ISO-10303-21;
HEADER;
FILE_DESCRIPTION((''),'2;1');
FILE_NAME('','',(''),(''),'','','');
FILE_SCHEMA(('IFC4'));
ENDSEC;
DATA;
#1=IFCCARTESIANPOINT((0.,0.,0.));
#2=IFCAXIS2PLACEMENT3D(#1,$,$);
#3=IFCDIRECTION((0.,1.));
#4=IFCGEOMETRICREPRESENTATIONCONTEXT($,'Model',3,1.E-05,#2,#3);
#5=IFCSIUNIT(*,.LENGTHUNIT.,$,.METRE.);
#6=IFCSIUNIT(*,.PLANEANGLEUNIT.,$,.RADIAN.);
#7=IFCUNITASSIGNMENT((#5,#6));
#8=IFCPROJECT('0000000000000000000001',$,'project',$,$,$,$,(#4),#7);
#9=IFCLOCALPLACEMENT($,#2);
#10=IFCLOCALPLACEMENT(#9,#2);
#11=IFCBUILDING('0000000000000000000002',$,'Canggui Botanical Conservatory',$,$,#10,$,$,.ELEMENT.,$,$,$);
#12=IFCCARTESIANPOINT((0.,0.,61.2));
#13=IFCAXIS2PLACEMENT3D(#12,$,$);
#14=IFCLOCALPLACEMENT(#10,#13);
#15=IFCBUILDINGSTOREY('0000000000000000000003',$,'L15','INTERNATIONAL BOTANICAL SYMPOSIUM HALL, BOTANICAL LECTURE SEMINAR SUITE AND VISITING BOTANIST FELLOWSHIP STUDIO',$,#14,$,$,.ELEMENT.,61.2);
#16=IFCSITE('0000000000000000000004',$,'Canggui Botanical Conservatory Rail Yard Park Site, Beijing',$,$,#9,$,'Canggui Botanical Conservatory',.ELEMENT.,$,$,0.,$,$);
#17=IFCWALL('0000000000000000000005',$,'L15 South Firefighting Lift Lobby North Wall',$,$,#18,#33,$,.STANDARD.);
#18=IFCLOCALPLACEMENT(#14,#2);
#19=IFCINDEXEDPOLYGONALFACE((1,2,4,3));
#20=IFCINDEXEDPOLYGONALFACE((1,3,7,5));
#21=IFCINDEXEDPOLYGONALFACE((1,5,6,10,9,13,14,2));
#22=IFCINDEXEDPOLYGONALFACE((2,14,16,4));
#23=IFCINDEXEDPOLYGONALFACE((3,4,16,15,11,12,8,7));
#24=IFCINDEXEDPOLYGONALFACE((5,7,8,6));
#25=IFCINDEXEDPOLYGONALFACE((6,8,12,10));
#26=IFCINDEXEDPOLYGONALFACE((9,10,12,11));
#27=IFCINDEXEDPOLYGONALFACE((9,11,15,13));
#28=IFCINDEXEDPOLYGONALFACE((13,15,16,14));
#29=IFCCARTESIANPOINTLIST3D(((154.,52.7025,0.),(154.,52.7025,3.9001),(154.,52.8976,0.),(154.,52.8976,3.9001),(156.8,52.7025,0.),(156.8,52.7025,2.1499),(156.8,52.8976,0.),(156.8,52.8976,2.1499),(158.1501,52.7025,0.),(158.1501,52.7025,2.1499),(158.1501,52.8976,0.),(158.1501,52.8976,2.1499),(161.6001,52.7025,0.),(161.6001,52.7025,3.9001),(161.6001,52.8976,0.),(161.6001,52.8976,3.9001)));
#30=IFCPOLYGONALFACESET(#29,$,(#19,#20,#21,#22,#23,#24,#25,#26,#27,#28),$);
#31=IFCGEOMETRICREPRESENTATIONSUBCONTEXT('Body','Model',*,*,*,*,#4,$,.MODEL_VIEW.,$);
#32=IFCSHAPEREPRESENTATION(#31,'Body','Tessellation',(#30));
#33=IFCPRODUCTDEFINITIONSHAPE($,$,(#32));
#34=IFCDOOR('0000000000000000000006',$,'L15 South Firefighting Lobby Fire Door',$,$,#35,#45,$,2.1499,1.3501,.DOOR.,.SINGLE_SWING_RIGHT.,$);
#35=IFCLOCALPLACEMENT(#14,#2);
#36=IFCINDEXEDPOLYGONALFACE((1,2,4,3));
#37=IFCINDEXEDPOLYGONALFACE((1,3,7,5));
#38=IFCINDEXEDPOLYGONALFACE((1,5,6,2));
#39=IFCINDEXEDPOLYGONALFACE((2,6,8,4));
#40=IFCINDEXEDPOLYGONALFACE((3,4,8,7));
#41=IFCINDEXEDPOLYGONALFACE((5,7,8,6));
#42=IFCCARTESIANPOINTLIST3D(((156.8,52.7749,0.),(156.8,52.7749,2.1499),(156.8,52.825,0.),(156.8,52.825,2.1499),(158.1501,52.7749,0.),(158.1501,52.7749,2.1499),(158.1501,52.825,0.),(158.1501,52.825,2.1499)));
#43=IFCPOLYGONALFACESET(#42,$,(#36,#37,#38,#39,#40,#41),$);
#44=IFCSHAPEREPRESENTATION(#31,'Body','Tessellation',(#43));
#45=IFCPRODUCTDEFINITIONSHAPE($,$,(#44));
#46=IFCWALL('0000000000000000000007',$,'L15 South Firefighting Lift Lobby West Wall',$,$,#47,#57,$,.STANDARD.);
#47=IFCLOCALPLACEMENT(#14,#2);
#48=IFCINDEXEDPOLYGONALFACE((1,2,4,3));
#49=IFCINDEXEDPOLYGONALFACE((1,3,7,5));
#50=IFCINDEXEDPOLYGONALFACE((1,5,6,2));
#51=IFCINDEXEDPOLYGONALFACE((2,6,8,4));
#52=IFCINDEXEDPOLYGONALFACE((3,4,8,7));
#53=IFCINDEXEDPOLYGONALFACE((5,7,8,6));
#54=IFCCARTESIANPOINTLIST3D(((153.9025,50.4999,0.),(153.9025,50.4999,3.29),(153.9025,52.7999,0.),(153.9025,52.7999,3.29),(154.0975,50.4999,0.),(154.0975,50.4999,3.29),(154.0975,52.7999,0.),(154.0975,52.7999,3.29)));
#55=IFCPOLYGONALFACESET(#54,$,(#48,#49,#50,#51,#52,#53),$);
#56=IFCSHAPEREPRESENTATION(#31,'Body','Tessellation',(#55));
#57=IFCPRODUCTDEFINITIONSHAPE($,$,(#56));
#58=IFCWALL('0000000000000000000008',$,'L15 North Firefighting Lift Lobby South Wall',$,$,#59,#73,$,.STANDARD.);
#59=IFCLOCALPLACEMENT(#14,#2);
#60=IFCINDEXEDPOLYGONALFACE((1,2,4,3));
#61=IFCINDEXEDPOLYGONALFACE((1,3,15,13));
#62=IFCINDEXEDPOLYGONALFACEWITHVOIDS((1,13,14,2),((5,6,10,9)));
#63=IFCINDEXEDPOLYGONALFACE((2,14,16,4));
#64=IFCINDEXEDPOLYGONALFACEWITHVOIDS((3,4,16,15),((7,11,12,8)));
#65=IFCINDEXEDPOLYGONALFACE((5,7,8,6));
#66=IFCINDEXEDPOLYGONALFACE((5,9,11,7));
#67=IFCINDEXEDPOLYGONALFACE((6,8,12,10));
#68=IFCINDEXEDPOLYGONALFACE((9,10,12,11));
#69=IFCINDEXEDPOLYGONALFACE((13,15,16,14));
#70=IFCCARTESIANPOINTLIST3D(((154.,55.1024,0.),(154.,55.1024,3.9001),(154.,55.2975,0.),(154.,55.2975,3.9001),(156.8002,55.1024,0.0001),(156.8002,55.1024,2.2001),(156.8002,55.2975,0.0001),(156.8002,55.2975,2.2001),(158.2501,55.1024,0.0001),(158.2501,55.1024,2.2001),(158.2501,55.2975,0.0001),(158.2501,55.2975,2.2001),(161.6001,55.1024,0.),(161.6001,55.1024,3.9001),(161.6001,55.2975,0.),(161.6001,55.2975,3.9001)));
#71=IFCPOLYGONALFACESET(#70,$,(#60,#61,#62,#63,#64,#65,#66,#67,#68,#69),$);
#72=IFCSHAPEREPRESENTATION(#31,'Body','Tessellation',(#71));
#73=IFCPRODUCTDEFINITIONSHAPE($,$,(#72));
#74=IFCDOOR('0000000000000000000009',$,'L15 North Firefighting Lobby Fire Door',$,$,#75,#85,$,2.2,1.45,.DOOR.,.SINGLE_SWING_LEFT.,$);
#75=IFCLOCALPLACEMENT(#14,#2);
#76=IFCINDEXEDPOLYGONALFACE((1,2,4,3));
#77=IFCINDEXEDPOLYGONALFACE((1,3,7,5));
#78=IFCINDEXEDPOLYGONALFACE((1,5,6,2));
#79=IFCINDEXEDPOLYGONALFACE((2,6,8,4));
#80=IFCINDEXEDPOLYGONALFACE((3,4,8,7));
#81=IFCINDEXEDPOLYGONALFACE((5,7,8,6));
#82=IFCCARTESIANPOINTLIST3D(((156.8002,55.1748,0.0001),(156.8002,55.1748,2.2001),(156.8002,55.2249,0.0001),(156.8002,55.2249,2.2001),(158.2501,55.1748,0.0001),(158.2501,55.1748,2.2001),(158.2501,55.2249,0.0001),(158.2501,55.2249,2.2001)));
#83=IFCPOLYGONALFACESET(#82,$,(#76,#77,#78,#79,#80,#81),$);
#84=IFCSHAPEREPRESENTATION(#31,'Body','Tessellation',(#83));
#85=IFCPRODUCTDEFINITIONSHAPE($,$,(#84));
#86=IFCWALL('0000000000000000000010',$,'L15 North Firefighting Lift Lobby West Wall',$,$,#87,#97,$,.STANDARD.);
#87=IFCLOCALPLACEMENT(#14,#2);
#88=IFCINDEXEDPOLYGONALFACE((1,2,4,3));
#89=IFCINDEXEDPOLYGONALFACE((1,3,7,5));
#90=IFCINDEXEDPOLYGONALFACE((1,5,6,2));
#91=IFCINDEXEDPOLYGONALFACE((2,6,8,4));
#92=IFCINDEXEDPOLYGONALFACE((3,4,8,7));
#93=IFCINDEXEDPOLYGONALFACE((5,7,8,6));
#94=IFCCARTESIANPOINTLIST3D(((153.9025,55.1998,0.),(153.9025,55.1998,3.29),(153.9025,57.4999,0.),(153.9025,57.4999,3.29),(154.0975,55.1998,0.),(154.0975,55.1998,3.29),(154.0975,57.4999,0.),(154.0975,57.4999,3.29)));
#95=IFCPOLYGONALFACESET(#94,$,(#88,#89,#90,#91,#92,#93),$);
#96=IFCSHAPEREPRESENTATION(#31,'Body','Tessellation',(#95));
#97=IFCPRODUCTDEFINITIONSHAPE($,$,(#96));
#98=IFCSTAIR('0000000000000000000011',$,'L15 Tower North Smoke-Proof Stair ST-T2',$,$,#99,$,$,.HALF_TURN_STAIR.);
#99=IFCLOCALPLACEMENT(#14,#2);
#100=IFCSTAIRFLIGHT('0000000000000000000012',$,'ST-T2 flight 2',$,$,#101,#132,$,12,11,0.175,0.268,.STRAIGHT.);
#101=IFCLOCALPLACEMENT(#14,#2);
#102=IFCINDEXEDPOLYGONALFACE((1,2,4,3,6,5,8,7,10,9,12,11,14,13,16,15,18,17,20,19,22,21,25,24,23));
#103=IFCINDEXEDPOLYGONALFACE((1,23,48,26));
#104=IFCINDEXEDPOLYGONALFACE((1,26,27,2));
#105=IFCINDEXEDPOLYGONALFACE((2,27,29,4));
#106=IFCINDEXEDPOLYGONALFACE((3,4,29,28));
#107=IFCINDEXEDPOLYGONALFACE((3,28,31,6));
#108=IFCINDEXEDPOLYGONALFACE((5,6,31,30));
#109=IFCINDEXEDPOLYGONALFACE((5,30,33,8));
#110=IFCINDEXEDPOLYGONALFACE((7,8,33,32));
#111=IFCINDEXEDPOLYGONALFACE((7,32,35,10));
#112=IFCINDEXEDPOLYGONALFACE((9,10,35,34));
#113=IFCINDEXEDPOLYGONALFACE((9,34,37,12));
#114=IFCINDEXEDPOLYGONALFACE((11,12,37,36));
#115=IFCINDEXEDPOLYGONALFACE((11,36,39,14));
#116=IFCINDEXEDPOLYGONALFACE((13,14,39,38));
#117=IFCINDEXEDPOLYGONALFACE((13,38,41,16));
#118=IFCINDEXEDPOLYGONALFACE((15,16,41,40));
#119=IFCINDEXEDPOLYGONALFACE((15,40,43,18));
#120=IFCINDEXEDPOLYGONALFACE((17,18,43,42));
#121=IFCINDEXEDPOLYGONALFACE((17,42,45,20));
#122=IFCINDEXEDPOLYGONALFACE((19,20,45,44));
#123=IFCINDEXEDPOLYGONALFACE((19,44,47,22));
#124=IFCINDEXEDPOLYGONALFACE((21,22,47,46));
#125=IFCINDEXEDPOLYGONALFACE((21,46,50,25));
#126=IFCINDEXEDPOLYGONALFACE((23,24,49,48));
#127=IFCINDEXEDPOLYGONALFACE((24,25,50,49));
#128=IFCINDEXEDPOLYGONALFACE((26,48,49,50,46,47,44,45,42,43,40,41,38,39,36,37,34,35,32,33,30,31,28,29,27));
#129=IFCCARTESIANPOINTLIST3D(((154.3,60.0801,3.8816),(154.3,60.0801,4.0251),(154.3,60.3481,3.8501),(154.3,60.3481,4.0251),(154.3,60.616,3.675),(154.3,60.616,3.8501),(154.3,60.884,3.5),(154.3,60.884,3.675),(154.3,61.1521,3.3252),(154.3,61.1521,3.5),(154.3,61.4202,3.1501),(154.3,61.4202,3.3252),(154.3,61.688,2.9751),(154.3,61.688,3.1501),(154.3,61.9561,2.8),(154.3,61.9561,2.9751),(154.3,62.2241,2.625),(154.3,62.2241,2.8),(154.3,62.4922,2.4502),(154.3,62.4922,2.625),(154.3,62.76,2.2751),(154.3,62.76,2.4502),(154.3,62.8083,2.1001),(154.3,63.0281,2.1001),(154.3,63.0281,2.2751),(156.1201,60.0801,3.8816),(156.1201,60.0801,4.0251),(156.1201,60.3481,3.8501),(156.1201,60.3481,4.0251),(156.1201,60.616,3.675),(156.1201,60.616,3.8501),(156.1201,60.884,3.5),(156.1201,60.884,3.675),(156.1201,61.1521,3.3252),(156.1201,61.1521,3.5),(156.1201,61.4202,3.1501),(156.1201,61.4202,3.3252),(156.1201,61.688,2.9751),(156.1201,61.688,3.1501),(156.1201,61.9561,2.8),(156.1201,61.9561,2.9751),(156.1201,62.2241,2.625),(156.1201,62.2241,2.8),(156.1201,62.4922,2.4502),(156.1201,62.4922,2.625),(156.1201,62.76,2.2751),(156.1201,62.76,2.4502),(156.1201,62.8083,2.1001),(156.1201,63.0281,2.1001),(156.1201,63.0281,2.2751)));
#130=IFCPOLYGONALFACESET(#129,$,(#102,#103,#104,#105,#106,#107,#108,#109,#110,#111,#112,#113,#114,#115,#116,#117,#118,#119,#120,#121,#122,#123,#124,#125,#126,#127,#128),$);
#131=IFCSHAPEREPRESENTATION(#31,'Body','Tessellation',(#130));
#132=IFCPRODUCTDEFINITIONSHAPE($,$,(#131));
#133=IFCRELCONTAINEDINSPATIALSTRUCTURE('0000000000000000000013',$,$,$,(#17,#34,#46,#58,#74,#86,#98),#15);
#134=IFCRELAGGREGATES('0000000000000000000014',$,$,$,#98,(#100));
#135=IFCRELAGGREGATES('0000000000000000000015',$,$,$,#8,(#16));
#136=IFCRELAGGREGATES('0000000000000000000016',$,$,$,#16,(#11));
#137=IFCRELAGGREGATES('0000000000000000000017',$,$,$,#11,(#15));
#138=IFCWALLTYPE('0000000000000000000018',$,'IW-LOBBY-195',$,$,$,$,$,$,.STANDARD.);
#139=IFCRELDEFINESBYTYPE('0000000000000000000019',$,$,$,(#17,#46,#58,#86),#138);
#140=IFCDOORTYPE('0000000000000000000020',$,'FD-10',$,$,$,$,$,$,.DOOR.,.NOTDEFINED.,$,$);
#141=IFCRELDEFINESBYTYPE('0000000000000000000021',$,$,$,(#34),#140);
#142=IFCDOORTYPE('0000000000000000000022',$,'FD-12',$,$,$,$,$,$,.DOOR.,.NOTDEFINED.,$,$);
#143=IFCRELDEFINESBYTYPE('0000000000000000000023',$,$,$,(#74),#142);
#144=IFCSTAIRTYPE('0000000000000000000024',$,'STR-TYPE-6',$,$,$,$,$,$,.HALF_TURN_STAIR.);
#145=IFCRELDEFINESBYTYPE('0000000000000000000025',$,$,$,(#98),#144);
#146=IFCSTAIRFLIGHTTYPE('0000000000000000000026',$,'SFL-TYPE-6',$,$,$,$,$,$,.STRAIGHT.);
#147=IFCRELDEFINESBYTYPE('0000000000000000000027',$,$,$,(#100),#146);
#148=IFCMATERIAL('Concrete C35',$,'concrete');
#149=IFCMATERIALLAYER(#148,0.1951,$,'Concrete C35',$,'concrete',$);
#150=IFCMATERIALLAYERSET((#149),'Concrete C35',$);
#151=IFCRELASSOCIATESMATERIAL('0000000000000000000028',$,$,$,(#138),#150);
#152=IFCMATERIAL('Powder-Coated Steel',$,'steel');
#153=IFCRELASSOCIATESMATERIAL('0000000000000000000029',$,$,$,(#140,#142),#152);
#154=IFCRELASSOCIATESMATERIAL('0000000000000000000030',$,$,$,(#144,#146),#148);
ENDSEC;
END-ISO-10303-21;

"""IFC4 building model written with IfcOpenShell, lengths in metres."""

from ifc_helpers import new_model, si_unit, direction, frame, frame_2d, origin, place, context, subcontext, project, spatial, polyline, rectangle, outline, extrude, material, layer, layer_set, type_object, element, fill, aggregate, save


model = new_model("IFC4")

# Units and contexts
model_context = context("Model", 3, precision=1e-05, world=origin(), true_north=direction((0.0, 1.0)))
body_context = subcontext(model_context, "Body", "Model", "MODEL_VIEW")
ifc_project = project(units=[si_unit("LENGTHUNIT", "METRE"), si_unit("PLANEANGLEUNIT", "RADIAN")], contexts=[model_context])

# Site, building, storey
site_placement = place(None, origin())
site = spatial("IfcSite", under=ifc_project, at=site_placement, Name="Canggui Botanical Conservatory Rail Yard Park Site, Beijing", LongName="Canggui Botanical Conservatory", CompositionType="ELEMENT", RefElevation=0.0)
building_placement = place(site_placement, origin())
building = spatial("IfcBuilding", under=site, at=building_placement, Name="Canggui Botanical Conservatory", CompositionType="ELEMENT")
storey_placement = place(building_placement, frame((0.0, 0.0, 61.2)))
storey = spatial("IfcBuildingStorey", under=building, at=storey_placement, Name="L15", Description="INTERNATIONAL BOTANICAL SYMPOSIUM HALL, BOTANICAL LECTURE SEMINAR SUITE AND VISITING BOTANIST FELLOWSHIP STUDIO", CompositionType="ELEMENT", Elevation=61.2)

# Shared definitions
ifc_material_1 = material(Name="Concrete C35", Category="concrete")

# Wall, opening, door
ifc_material_2 = material(Name="Powder-Coated Steel", Category="steel")
ifc_layer_1 = layer(ifc_material_1, 0.1951, Name="Concrete C35", Category="concrete")
ifc_layer_set_1 = layer_set([ifc_layer_1], Name="Concrete C35")
wall_type_1 = type_object("IfcWallType", Name="IW-LOBBY-195", PredefinedType="STANDARD", material=ifc_layer_set_1)
wall_1_placement = place(storey_placement, frame((154.0, 52.8, 0.0), z_axis=(0.0, 0.0, 1.0), x_axis=(1.0, 0.0, 0.0)))
wall_1 = element("IfcWall", 1, at=wall_1_placement, inside=storey, type_object=wall_type_1, Name="L15 South Firefighting Lift Lobby North Wall", PredefinedType="STANDARD", context=body_context, shape_type="SweptSolid", body=[
    extrude(rectangle(XDim=7.6001, YDim=0.1951, at=frame_2d((3.8, 0.0))), origin(), (0.0, 0.0, 1.0), 3.9001),
])
opening_1_placement = place(wall_1_placement, frame((2.8, 0.0, 0.0)))
opening_1 = element("IfcOpeningElement", 2, at=opening_1_placement, cuts=wall_1, PredefinedType="OPENING", context=body_context, shape_type="SweptSolid", body=[
    extrude(rectangle(XDim=1.3501, YDim=2.1499, at=frame_2d((0.675, 1.075))), frame((0.0, 0.1074, 0.0), z_axis=(0.0, -1.0, 0.0), x_axis=(1.0, 0.0, 0.0)), (0.0, 0.0, 1.0), 0.2151),
])
door_type_1 = type_object("IfcDoorType", Name="FD-10", OperationType="NOTDEFINED", PredefinedType="DOOR", material=ifc_material_2)
door_1_placement = place(opening_1_placement, origin())
door_1 = element("IfcDoor", 3, at=door_1_placement, inside=storey, type_object=door_type_1, Name="L15 South Firefighting Lobby Fire Door", OperationType="SINGLE_SWING_RIGHT", OverallHeight=2.1499, OverallWidth=1.3501, PredefinedType="DOOR", context=body_context, shape_type="SweptSolid", body=[
    extrude(rectangle(XDim=1.3501, YDim=2.1499, at=frame_2d((0.675, 1.075))), frame((0.0, 0.0249, 0.0), z_axis=(0.0, -1.0, 0.0), x_axis=(1.0, 0.0, 0.0)), (0.0, 0.0, 1.0), 0.05),
])
fill(opening_1, door_1)

# Wall
wall_2_placement = place(storey_placement, frame((154.0, 50.5, 0.0), z_axis=(0.0, 0.0, 1.0), x_axis=(0.0, 1.0, 0.0)))
element("IfcWall", 4, at=wall_2_placement, inside=storey, type_object=wall_type_1, Name="L15 South Firefighting Lift Lobby West Wall", PredefinedType="STANDARD", context=body_context, shape_type="SweptSolid", body=[
    extrude(rectangle(XDim=2.3, YDim=0.1951, at=frame_2d((1.1499, 0.0))), origin(), (0.0, 0.0, 1.0), 3.29),
])

# Wall, opening, door
wall_3_placement = place(storey_placement, frame((154.0, 55.2, 0.0), z_axis=(0.0, 0.0, 1.0), x_axis=(1.0, 0.0, 0.0)))
wall_3 = element("IfcWall", 5, at=wall_3_placement, inside=storey, type_object=wall_type_1, Name="L15 North Firefighting Lift Lobby South Wall", PredefinedType="STANDARD", context=body_context, shape_type="SweptSolid", body=[
    extrude(rectangle(XDim=7.6001, YDim=0.1951, at=frame_2d((3.8, 0.0))), origin(), (0.0, 0.0, 1.0), 3.9001),
])
opening_2_placement = place(wall_3_placement, frame((2.8, 0.0, 0.0)))
opening_2 = element("IfcOpeningElement", 6, at=opening_2_placement, cuts=wall_3, PredefinedType="OPENING", context=body_context, shape_type="SweptSolid", body=[
    extrude(rectangle(XDim=1.45, YDim=2.2, at=frame_2d((0.7251, 1.1001))), frame((0.0, 0.1074, 0.0), z_axis=(0.0, -1.0, 0.0), x_axis=(1.0, 0.0, 0.0)), (0.0, 0.0, 1.0), 0.2151),
])
door_type_2 = type_object("IfcDoorType", Name="FD-12", OperationType="NOTDEFINED", PredefinedType="DOOR", material=ifc_material_2)
door_2_placement = place(opening_2_placement, origin())
door_2 = element("IfcDoor", 7, at=door_2_placement, inside=storey, type_object=door_type_2, Name="L15 North Firefighting Lobby Fire Door", OperationType="SINGLE_SWING_LEFT", OverallHeight=2.2, OverallWidth=1.45, PredefinedType="DOOR", context=body_context, shape_type="SweptSolid", body=[
    extrude(rectangle(XDim=1.45, YDim=2.2, at=frame_2d((0.7251, 1.1001))), frame((0.0, 0.0249, 0.0), z_axis=(0.0, -1.0, 0.0), x_axis=(1.0, 0.0, 0.0)), (0.0, 0.0, 1.0), 0.05),
])
fill(opening_2, door_2)

# Wall
wall_4_placement = place(storey_placement, frame((154.0, 55.2, 0.0), z_axis=(0.0, 0.0, 1.0), x_axis=(0.0, 1.0, 0.0)))
element("IfcWall", 8, at=wall_4_placement, inside=storey, type_object=wall_type_1, Name="L15 North Firefighting Lift Lobby West Wall", PredefinedType="STANDARD", context=body_context, shape_type="SweptSolid", body=[
    extrude(rectangle(XDim=2.3, YDim=0.1951, at=frame_2d((1.1499, 0.0))), origin(), (0.0, 0.0, 1.0), 3.29),
])

# Stair, stair flight
stair_type = type_object("IfcStairType", Name="STR-TYPE-6", PredefinedType="HALF_TURN_STAIR", material=ifc_material_1)
stair_placement = place(storey_placement, origin())
stair = element("IfcStair", 9, at=stair_placement, inside=storey, type_object=stair_type, Name="L15 Tower North Smoke-Proof Stair ST-T2", PredefinedType="HALF_TURN_STAIR")
stair_flight_type = type_object("IfcStairFlightType", Name="SFL-TYPE-6", PredefinedType="STRAIGHT", material=ifc_material_1)
stair_flight_placement = place(storey_placement, frame((155.21, 63.0281, 2.1001), z_axis=(0.0, 0.0, 1.0), x_axis=(0.0, -1.0, 0.0)))
stair_flight = element("IfcStairFlight", 10, at=stair_flight_placement, type_object=stair_flight_type, Name="ST-T2 flight 2", NumberOfRisers=12, NumberOfTreads=11, PredefinedType="STRAIGHT", RiserHeight=0.175, TreadLength=0.268, context=body_context, shape_type="SweptSolid", body=[
    extrude(outline(polyline([(0.0, 0.0), (0.0, 0.175), (0.2681, 0.175), (0.2681, 0.3501), (0.5359, 0.3501), (0.5359, 0.5249), (0.804, 0.5249), (0.804, 0.7), (1.072, 0.7), (1.072, 0.875), (1.3401, 0.875), (1.3401, 1.05), (1.6079, 1.05), (1.6079, 1.2251), (1.876, 1.2251), (1.876, 1.3999), (2.144, 1.3999), (2.144, 1.575), (2.4121, 1.575), (2.4121, 1.75), (2.6799, 1.75), (2.6799, 1.925), (2.948, 1.925), (2.948, 2.1001), (2.948, 1.7815), (0.2197, 0.0), (0.0, 0.0)])), frame((0.0, 0.9102, 0.0), z_axis=(0.0, -1.0, 0.0), x_axis=(1.0, 0.0, 0.0)), (0.0, 0.0, 1.0), 1.8201),
])
aggregate(stair, [stair_flight])

save(model, "model.ifc")
